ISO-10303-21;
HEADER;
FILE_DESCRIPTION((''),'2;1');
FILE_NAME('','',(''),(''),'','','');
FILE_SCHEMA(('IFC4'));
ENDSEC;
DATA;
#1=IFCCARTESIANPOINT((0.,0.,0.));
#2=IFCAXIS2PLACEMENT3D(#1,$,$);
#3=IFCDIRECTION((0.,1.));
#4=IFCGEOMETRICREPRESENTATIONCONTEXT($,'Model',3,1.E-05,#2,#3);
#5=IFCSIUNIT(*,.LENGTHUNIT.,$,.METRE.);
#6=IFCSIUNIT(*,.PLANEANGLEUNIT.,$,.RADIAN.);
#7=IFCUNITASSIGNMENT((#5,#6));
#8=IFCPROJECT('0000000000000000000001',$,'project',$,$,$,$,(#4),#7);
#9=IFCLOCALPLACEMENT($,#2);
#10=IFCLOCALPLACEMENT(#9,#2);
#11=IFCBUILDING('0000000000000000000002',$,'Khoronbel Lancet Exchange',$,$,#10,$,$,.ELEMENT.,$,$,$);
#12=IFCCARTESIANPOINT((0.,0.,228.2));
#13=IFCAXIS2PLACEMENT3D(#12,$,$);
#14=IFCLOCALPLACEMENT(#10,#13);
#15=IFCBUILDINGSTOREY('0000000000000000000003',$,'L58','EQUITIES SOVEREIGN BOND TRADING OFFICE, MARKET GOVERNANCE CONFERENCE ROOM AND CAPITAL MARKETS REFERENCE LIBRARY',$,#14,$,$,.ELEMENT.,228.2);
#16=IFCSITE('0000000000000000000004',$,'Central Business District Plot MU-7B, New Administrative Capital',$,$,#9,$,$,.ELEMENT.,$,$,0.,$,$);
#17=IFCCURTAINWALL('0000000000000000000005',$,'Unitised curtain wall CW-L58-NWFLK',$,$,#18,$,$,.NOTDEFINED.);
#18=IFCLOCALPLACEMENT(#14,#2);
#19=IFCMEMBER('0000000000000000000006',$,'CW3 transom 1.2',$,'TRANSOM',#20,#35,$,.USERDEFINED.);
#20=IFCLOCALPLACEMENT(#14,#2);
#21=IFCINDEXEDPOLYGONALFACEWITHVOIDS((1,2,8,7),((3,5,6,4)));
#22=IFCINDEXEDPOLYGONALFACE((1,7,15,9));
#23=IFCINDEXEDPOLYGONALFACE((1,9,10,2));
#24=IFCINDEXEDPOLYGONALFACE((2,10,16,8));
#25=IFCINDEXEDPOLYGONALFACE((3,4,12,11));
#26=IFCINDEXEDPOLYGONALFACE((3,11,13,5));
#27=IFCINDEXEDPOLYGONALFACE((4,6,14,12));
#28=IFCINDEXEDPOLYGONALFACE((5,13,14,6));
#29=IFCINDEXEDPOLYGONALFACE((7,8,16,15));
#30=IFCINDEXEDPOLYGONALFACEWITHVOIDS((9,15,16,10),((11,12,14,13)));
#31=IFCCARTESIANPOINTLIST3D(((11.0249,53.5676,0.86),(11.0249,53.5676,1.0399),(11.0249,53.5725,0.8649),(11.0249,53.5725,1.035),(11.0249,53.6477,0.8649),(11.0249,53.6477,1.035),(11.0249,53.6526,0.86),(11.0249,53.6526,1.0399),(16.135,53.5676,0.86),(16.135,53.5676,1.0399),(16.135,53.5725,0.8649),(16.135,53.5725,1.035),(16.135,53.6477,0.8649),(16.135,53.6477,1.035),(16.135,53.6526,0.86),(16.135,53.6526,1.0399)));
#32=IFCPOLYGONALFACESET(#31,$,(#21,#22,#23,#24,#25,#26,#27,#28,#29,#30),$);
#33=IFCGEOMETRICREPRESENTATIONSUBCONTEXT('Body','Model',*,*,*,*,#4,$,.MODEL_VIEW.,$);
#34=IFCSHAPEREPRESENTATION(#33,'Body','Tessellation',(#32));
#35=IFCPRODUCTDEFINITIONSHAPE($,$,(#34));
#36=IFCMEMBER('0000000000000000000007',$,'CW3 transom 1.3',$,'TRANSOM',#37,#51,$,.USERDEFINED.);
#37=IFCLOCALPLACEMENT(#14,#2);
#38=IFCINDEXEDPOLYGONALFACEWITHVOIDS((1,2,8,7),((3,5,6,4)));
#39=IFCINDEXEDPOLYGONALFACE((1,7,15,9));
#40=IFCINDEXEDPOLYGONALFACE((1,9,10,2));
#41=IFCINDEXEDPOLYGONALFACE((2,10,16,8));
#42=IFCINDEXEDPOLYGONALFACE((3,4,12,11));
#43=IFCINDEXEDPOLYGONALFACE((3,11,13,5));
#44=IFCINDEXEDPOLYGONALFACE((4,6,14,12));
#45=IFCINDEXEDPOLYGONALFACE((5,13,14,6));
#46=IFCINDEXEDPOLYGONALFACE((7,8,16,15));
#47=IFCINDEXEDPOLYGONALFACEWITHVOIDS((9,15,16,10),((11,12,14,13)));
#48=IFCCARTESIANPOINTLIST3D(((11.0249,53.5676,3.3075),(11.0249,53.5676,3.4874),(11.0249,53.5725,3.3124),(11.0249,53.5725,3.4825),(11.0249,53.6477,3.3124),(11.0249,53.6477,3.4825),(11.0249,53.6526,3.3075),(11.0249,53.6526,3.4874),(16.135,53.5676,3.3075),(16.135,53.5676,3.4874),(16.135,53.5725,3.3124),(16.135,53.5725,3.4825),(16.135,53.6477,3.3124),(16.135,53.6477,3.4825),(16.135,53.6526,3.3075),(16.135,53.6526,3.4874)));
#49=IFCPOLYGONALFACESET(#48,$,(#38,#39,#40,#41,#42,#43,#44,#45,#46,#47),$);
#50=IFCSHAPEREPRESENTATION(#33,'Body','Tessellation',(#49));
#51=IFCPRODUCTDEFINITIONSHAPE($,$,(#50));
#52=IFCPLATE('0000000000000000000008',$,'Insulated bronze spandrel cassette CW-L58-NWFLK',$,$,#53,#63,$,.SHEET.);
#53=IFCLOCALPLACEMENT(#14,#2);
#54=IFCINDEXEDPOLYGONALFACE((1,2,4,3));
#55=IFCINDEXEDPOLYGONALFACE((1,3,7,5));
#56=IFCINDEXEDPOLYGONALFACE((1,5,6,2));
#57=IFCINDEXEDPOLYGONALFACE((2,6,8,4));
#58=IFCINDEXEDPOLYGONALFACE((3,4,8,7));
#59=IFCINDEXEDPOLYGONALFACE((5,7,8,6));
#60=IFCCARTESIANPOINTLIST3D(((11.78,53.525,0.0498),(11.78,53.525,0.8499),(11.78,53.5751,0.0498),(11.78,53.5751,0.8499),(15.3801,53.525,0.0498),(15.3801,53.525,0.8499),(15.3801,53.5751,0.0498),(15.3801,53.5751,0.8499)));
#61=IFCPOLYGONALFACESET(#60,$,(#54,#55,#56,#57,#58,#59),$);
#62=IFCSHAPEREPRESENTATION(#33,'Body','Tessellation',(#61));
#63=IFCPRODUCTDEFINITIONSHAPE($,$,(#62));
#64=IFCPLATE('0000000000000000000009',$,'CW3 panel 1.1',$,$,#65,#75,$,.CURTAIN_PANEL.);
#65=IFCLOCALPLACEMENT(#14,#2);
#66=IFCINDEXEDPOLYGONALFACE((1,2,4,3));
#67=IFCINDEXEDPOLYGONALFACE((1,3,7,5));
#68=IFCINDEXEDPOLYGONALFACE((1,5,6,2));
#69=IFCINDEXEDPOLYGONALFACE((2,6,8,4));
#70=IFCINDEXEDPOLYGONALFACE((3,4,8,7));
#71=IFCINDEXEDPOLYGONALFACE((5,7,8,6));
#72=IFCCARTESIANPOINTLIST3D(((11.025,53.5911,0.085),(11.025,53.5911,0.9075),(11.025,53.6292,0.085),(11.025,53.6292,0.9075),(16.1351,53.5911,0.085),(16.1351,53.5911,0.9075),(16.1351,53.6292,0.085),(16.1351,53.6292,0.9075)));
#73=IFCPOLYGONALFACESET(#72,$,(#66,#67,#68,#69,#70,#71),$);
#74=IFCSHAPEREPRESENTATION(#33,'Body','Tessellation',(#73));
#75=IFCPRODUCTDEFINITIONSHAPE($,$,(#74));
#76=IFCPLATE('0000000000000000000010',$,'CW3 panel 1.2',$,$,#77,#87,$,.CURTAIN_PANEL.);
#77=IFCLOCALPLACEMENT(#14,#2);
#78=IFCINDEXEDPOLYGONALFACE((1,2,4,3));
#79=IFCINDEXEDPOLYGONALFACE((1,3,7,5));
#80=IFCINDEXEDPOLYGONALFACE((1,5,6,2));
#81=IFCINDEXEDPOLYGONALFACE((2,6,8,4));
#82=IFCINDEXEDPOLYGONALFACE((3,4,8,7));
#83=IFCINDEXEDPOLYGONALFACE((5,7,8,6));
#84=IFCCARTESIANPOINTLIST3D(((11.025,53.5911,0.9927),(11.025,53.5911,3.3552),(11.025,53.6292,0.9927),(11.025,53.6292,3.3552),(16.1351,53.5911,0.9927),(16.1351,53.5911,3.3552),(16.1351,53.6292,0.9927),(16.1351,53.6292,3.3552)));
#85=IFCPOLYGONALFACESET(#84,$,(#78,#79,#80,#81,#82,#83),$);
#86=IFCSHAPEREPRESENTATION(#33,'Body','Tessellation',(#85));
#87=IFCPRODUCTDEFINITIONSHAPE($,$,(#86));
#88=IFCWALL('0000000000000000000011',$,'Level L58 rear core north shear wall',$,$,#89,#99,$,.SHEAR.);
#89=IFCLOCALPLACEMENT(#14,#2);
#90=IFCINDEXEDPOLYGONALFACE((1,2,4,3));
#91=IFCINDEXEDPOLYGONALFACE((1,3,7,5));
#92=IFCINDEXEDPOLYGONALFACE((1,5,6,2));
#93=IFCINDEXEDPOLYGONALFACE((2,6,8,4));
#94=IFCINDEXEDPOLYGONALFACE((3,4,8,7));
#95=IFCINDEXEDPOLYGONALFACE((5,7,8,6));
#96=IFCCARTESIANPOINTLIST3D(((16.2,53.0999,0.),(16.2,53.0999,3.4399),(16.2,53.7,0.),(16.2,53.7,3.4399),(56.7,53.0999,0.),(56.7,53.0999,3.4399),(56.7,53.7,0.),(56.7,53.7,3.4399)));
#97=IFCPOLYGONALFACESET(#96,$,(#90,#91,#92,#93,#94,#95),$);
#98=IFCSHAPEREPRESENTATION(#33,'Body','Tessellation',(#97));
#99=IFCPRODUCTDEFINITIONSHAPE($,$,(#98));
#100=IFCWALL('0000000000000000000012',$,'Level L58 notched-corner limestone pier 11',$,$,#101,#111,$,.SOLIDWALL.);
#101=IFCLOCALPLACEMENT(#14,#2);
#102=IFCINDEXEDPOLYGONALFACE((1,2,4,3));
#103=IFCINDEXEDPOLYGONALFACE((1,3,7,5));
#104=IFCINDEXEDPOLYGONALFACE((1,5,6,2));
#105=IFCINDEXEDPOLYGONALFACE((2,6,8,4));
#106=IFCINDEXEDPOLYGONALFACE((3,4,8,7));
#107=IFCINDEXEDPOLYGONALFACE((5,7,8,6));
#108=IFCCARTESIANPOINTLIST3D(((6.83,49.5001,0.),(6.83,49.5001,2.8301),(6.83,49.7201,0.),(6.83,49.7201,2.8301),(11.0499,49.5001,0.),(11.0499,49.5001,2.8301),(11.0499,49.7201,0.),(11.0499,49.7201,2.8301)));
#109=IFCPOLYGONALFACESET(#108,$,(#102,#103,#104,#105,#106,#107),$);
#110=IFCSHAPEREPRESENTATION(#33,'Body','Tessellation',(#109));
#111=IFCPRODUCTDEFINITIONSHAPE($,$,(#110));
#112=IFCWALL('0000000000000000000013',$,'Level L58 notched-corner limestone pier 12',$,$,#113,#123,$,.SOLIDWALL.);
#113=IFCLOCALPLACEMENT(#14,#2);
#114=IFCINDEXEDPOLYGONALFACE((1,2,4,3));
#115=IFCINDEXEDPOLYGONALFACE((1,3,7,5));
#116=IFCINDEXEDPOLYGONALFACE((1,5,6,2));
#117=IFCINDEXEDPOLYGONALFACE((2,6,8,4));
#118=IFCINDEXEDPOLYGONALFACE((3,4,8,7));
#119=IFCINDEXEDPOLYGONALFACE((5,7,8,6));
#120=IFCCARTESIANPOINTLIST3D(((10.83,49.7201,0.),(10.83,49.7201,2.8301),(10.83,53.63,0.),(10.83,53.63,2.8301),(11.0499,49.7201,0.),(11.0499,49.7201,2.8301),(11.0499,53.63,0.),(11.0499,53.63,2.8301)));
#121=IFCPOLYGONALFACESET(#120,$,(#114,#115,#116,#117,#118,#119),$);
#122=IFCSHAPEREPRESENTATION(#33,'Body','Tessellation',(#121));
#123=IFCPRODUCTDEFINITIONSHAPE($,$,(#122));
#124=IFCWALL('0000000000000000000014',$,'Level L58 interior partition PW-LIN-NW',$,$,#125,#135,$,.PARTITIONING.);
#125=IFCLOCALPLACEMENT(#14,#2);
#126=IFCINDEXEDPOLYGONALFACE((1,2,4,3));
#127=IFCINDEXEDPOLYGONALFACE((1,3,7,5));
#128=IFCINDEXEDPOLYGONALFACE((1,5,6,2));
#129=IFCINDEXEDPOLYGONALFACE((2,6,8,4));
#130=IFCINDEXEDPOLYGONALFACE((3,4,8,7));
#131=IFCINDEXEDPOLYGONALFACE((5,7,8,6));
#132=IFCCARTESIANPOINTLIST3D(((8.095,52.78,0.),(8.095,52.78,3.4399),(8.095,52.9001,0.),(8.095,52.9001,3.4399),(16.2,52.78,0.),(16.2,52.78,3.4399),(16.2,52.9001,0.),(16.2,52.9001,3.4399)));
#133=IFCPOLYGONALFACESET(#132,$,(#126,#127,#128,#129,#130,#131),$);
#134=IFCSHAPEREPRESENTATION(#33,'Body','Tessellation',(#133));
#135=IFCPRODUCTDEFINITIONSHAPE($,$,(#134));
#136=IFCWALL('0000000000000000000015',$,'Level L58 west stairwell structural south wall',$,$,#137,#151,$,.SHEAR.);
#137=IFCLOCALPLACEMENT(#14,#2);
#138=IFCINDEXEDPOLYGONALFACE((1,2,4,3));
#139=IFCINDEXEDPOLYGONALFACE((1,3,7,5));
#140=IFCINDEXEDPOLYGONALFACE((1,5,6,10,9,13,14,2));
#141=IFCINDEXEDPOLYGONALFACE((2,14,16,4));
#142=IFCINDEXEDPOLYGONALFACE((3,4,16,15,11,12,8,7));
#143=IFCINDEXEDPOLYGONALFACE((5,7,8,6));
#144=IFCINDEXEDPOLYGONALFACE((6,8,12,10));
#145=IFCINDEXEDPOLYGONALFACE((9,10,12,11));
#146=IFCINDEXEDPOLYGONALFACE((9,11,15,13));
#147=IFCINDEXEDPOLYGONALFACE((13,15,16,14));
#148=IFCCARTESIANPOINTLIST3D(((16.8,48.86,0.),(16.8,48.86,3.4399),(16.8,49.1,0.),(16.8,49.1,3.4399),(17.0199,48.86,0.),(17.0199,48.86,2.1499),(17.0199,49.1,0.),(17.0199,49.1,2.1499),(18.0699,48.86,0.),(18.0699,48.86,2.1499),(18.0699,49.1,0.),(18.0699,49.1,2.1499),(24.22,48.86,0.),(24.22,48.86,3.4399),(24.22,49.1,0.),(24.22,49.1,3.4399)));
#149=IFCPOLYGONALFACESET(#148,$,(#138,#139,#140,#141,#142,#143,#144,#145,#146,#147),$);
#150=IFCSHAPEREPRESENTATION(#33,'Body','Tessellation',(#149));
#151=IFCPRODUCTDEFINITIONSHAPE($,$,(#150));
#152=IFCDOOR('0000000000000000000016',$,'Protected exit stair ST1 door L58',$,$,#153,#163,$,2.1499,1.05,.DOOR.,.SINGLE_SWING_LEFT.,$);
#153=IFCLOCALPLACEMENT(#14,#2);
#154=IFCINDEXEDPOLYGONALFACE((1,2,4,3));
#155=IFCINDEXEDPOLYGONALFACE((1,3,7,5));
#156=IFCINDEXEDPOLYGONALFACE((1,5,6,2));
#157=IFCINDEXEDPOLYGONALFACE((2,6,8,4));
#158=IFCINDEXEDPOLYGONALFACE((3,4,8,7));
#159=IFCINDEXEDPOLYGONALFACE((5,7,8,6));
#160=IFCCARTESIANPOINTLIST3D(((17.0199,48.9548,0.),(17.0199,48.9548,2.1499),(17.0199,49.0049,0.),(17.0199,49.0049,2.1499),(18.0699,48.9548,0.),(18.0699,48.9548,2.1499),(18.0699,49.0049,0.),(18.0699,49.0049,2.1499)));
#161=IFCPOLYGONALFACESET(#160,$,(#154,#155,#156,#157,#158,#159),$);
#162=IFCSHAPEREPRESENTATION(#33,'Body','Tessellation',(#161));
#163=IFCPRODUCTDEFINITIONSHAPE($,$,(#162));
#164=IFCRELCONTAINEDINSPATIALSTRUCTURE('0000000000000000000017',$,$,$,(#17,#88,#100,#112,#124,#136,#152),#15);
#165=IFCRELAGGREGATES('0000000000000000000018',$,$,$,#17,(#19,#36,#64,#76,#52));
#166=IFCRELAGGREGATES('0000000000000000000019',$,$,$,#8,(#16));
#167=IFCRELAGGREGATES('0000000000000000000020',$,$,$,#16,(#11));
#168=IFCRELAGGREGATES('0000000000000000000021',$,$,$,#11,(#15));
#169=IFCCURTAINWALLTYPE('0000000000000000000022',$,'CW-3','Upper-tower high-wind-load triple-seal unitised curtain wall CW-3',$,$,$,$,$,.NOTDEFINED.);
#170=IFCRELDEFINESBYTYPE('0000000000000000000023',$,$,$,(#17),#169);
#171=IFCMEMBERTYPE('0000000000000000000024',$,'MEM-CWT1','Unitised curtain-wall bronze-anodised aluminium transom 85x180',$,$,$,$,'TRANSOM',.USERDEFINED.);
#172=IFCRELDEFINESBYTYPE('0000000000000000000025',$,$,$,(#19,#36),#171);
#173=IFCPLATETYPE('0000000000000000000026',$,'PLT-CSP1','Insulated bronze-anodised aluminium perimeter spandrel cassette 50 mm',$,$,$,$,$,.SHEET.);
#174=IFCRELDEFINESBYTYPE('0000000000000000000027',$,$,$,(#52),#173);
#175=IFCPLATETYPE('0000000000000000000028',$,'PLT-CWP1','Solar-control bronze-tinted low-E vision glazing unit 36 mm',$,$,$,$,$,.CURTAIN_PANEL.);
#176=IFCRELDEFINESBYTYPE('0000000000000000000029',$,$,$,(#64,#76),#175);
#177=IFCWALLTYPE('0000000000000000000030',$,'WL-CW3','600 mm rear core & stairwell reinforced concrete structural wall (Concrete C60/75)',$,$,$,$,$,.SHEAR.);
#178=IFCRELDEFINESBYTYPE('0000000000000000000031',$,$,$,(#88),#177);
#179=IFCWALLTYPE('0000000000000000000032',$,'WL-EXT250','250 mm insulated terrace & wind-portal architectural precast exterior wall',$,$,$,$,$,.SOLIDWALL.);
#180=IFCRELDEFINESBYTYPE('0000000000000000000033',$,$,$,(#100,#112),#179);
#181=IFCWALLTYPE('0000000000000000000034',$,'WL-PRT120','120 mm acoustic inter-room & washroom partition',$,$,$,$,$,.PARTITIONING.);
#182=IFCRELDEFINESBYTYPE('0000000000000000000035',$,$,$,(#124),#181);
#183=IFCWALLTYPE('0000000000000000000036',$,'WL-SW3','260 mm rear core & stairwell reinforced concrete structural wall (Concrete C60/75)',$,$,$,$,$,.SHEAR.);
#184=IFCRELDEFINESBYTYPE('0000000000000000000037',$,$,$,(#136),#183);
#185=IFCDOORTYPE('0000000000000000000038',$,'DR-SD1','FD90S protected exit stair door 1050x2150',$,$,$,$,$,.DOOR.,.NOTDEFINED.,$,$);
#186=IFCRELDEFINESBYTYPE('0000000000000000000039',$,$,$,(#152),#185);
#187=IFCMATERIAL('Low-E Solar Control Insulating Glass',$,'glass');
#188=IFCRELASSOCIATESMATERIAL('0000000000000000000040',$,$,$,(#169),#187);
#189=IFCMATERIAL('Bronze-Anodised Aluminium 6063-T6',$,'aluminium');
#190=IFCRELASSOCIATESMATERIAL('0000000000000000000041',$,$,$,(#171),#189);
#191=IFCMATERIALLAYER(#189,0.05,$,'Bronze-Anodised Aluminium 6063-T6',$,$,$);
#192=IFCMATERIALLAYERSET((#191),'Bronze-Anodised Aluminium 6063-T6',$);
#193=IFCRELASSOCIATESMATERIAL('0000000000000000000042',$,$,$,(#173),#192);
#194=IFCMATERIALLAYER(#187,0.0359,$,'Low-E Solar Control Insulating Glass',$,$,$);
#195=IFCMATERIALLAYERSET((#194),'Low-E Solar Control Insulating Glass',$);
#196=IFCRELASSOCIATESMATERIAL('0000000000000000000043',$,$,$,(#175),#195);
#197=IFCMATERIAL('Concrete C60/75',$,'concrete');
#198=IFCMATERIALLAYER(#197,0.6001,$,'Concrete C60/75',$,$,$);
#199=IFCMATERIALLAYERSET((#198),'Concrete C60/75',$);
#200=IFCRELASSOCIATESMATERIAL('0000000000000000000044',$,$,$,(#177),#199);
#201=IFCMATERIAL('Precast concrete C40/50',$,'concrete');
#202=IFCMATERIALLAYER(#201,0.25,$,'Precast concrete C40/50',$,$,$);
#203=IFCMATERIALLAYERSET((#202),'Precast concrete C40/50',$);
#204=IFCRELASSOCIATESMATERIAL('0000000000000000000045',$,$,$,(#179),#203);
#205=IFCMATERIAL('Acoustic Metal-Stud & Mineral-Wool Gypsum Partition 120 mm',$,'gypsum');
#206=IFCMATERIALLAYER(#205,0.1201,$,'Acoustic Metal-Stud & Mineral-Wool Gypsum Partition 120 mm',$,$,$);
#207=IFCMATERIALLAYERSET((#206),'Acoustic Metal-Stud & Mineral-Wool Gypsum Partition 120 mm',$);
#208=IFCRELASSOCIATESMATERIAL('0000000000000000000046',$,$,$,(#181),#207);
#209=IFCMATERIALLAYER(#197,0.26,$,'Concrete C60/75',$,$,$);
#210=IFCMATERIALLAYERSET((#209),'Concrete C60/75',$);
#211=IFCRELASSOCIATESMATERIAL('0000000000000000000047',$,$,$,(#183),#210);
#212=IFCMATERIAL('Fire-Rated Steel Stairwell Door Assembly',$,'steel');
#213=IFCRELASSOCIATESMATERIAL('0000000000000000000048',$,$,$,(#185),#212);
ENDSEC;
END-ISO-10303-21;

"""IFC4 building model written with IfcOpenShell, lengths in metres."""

from ifc_helpers import new_model, si_unit, direction, frame, frame_2d, origin, origin_2d, place, context, subcontext, project, spatial, rectangle, hollow_rectangle, extrude, material, layer, layer_set, material_profile, profile_set, type_object, element, fill, aggregate, save


model = new_model("IFC4")

# Units and contexts
model_context = context("Model", 3, precision=1e-05, world=origin(), true_north=direction((0.0, 1.0)))
body_context = subcontext(model_context, "Body", "Model", "MODEL_VIEW")
ifc_project = project(units=[si_unit("LENGTHUNIT", "METRE"), si_unit("PLANEANGLEUNIT", "RADIAN")], contexts=[model_context])

# Site, building, storey
site_placement = place(None, origin())
site = spatial("IfcSite", under=ifc_project, at=site_placement, Name="Central Business District Plot MU-7B, New Administrative Capital", CompositionType="ELEMENT", RefElevation=0.0)
building_placement = place(site_placement, origin())
building = spatial("IfcBuilding", under=site, at=building_placement, Name="Khoronbel Lancet Exchange", CompositionType="ELEMENT")
storey_placement = place(building_placement, frame((0.0, 0.0, 228.2)))
storey = spatial("IfcBuildingStorey", under=building, at=storey_placement, Name="L58", Description="EQUITIES SOVEREIGN BOND TRADING OFFICE, MARKET GOVERNANCE CONFERENCE ROOM AND CAPITAL MARKETS REFERENCE LIBRARY", CompositionType="ELEMENT", Elevation=228.2)

# Curtain wall, members, plates
ifc_material_1 = material(Name="Low-E Solar Control Insulating Glass", Category="glass")
curtain_wall_type = type_object("IfcCurtainWallType", Name="CW-3", Description="Upper-tower high-wind-load triple-seal unitised curtain wall CW-3", PredefinedType="NOTDEFINED", material=ifc_material_1)
curtain_wall_placement = place(storey_placement, origin())
curtain_wall = element("IfcCurtainWall", 1, at=curtain_wall_placement, inside=storey, type_object=curtain_wall_type, Name="Unitised curtain wall CW-L58-NWFLK", PredefinedType="NOTDEFINED")
ifc_material_2 = material(Name="Bronze-Anodised Aluminium 6063-T6", Category="aluminium")
ifc_material_profile_1 = material_profile(ifc_material_2, hollow_rectangle(XDim=0.085, YDim=0.1799, WallThickness=0.0049, at=origin_2d()), Name="ALU TRANSOM 85x180")
ifc_profile_set_1 = profile_set([ifc_material_profile_1], Name="Bronze-Anodised Aluminium 6063-T6")
member_type_1 = type_object("IfcMemberType", Name="MEM-CWT1", Description="Unitised curtain-wall bronze-anodised aluminium transom 85x180", ElementType="TRANSOM", PredefinedType="USERDEFINED", material=ifc_profile_set_1)
member_1_placement = place(storey_placement, frame((16.135, 53.6101, 0.95), z_axis=(-1.0, 0.0, 0.0), x_axis=(0.0, -1.0, 0.0)))
member_1 = element("IfcMember", 2, at=member_1_placement, type_object=member_type_1, Name="CW3 transom 1.2", ObjectType="TRANSOM", PredefinedType="USERDEFINED", context=body_context, shape_type="SweptSolid", body=[
    extrude(hollow_rectangle(XDim=0.085, YDim=0.1799, WallThickness=0.0049, at=origin_2d()), origin(), (0.0, 0.0, 1.0), 5.1101),
])
member_2_placement = place(storey_placement, frame((16.135, 53.6101, 3.3975), z_axis=(-1.0, 0.0, 0.0), x_axis=(0.0, -1.0, 0.0)))
member_2 = element("IfcMember", 3, at=member_2_placement, type_object=member_type_1, Name="CW3 transom 1.3", ObjectType="TRANSOM", PredefinedType="USERDEFINED", context=body_context, shape_type="SweptSolid", body=[
    extrude(hollow_rectangle(XDim=0.085, YDim=0.1799, WallThickness=0.0049, at=origin_2d()), origin(), (0.0, 0.0, 1.0), 5.1101),
])
ifc_layer_1 = layer(ifc_material_2, 0.05, Name="Bronze-Anodised Aluminium 6063-T6")
ifc_layer_set_1 = layer_set([ifc_layer_1], Name="Bronze-Anodised Aluminium 6063-T6")
plate_type_1 = type_object("IfcPlateType", Name="PLT-CSP1", Description="Insulated bronze-anodised aluminium perimeter spandrel cassette 50 mm", PredefinedType="SHEET", material=ifc_layer_set_1)
plate_1_placement = place(storey_placement, frame((13.5801, 53.55, 0.0498), z_axis=(0.0, 0.0, 1.0), x_axis=(-1.0, 0.0, 0.0)))
plate_1 = element("IfcPlate", 4, at=plate_1_placement, type_object=plate_type_1, Name="Insulated bronze spandrel cassette CW-L58-NWFLK", PredefinedType="SHEET", context=body_context, shape_type="SweptSolid", body=[
    extrude(rectangle(XDim=3.6001, YDim=0.05, at=origin_2d()), origin(), (0.0, 0.0, 1.0), 0.8),
])
ifc_layer_2 = layer(ifc_material_1, 0.0359, Name="Low-E Solar Control Insulating Glass")
ifc_layer_set_2 = layer_set([ifc_layer_2], Name="Low-E Solar Control Insulating Glass")
plate_type_2 = type_object("IfcPlateType", Name="PLT-CWP1", Description="Solar-control bronze-tinted low-E vision glazing unit 36 mm", PredefinedType="CURTAIN_PANEL", material=ifc_layer_set_2)
plate_2_placement = place(storey_placement, frame((13.5801, 53.6101, 0.085), z_axis=(0.0, 0.0, 1.0), x_axis=(-1.0, 0.0, 0.0)))
plate_2 = element("IfcPlate", 5, at=plate_2_placement, type_object=plate_type_2, Name="CW3 panel 1.1", PredefinedType="CURTAIN_PANEL", context=body_context, shape_type="SweptSolid", body=[
    extrude(rectangle(XDim=5.1101, YDim=0.0381, at=origin_2d()), origin(), (0.0, 0.0, 1.0), 0.8225),
])
plate_3_placement = place(storey_placement, frame((13.5801, 53.6101, 0.9927), z_axis=(0.0, 0.0, 1.0), x_axis=(-1.0, 0.0, 0.0)))
plate_3 = element("IfcPlate", 6, at=plate_3_placement, type_object=plate_type_2, Name="CW3 panel 1.2", PredefinedType="CURTAIN_PANEL", context=body_context, shape_type="SweptSolid", body=[
    extrude(rectangle(XDim=5.1101, YDim=0.0381, at=origin_2d()), origin(), (0.0, 0.0, 1.0), 2.3625),
])
aggregate(curtain_wall, [member_1, member_2, plate_2, plate_3, plate_1])

# Walls
ifc_material_3 = material(Name="Concrete C60/75", Category="concrete")
ifc_layer_3 = layer(ifc_material_3, 0.6001, Name="Concrete C60/75")
ifc_layer_set_3 = layer_set([ifc_layer_3], Name="Concrete C60/75")
wall_type_1 = type_object("IfcWallType", Name="WL-CW3", Description="600 mm rear core & stairwell reinforced concrete structural wall (Concrete C60/75)", PredefinedType="SHEAR", material=ifc_layer_set_3)
wall_1_placement = place(storey_placement, frame((16.2, 53.3999, 0.0), z_axis=(0.0, 0.0, 1.0), x_axis=(1.0, 0.0, 0.0)))
element("IfcWall", 7, at=wall_1_placement, inside=storey, type_object=wall_type_1, Name="Level L58 rear core north shear wall", PredefinedType="SHEAR", context=body_context, shape_type="SweptSolid", body=[
    extrude(rectangle(XDim=40.5, YDim=0.6001, at=frame_2d((20.25, 0.0))), origin(), (0.0, 0.0, 1.0), 3.4399),
])
ifc_material_4 = material(Name="Precast concrete C40/50", Category="concrete")
ifc_layer_4 = layer(ifc_material_4, 0.25, Name="Precast concrete C40/50")
ifc_layer_set_4 = layer_set([ifc_layer_4], Name="Precast concrete C40/50")
wall_type_2 = type_object("IfcWallType", Name="WL-EXT250", Description="250 mm insulated terrace & wind-portal architectural precast exterior wall", PredefinedType="SOLIDWALL", material=ifc_layer_set_4)
wall_2_placement = place(storey_placement, frame((6.8301, 49.6101, 0.0), z_axis=(0.0, 0.0, 1.0), x_axis=(1.0, 0.0, 0.0)))
element("IfcWall", 8, at=wall_2_placement, inside=storey, type_object=wall_type_2, Name="Level L58 notched-corner limestone pier 11", PredefinedType="SOLIDWALL", context=body_context, shape_type="SweptSolid", body=[
    extrude(rectangle(XDim=4.22, YDim=0.22, at=frame_2d((2.1099, 0.0))), origin(), (0.0, 0.0, 1.0), 2.8301),
])
wall_3_placement = place(storey_placement, frame((10.9399, 49.72, 0.0), z_axis=(0.0, 0.0, 1.0), x_axis=(0.0, 1.0, 0.0)))
element("IfcWall", 9, at=wall_3_placement, inside=storey, type_object=wall_type_2, Name="Level L58 notched-corner limestone pier 12", PredefinedType="SOLIDWALL", context=body_context, shape_type="SweptSolid", body=[
    extrude(rectangle(XDim=3.9099, YDim=0.22, at=frame_2d((1.9551, 0.0))), origin(), (0.0, 0.0, 1.0), 2.8301),
])
ifc_material_5 = material(Name="Acoustic Metal-Stud & Mineral-Wool Gypsum Partition 120 mm", Category="gypsum")
ifc_layer_5 = layer(ifc_material_5, 0.1201, Name="Acoustic Metal-Stud & Mineral-Wool Gypsum Partition 120 mm")
ifc_layer_set_5 = layer_set([ifc_layer_5], Name="Acoustic Metal-Stud & Mineral-Wool Gypsum Partition 120 mm")
wall_type_3 = type_object("IfcWallType", Name="WL-PRT120", Description="120 mm acoustic inter-room & washroom partition", PredefinedType="PARTITIONING", material=ifc_layer_set_5)
wall_4_placement = place(storey_placement, frame((8.095, 52.8401, 0.0), z_axis=(0.0, 0.0, 1.0), x_axis=(1.0, 0.0, 0.0)))
element("IfcWall", 10, at=wall_4_placement, inside=storey, type_object=wall_type_3, Name="Level L58 interior partition PW-LIN-NW", PredefinedType="PARTITIONING", context=body_context, shape_type="SweptSolid", body=[
    extrude(rectangle(XDim=8.105, YDim=0.1201, at=frame_2d((4.0525, 0.0))), origin(), (0.0, 0.0, 1.0), 3.4399),
])

# Wall, opening, door
ifc_layer_6 = layer(ifc_material_3, 0.26, Name="Concrete C60/75")
ifc_layer_set_6 = layer_set([ifc_layer_6], Name="Concrete C60/75")
wall_type_4 = type_object("IfcWallType", Name="WL-SW3", Description="260 mm rear core & stairwell reinforced concrete structural wall (Concrete C60/75)", PredefinedType="SHEAR", material=ifc_layer_set_6)
wall_5_placement = place(storey_placement, frame((16.8, 48.98, 0.0), z_axis=(0.0, 0.0, 1.0), x_axis=(1.0, 0.0, 0.0)))
wall_5 = element("IfcWall", 11, at=wall_5_placement, inside=storey, type_object=wall_type_4, Name="Level L58 west stairwell structural south wall", PredefinedType="SHEAR", context=body_context, shape_type="SweptSolid", body=[
    extrude(rectangle(XDim=7.4199, YDim=0.24, at=frame_2d((3.71, 0.0))), origin(), (0.0, 0.0, 1.0), 3.4399),
])
opening_placement = place(wall_5_placement, frame((0.22, 0.0, 0.0)))
opening = element("IfcOpeningElement", 12, at=opening_placement, cuts=wall_5, PredefinedType="OPENING", context=body_context, shape_type="SweptSolid", body=[
    extrude(rectangle(XDim=1.05, YDim=2.1499, at=frame_2d((0.5249, 1.075))), frame((0.0, 0.1299, 0.0), z_axis=(0.0, -1.0, 0.0), x_axis=(1.0, 0.0, 0.0)), (0.0, 0.0, 1.0), 0.26),
])
ifc_material_6 = material(Name="Fire-Rated Steel Stairwell Door Assembly", Category="steel")
door_type = type_object("IfcDoorType", Name="DR-SD1", Description="FD90S protected exit stair door 1050x2150", OperationType="NOTDEFINED", PredefinedType="DOOR", material=ifc_material_6)
door_placement = place(opening_placement, origin())
door = element("IfcDoor", 13, at=door_placement, inside=storey, type_object=door_type, Name="Protected exit stair ST1 door L58", OperationType="SINGLE_SWING_LEFT", OverallHeight=2.1499, OverallWidth=1.05, PredefinedType="DOOR", context=body_context, shape_type="SweptSolid", body=[
    extrude(rectangle(XDim=1.05, YDim=2.1499, at=frame_2d((0.5249, 1.075))), frame((0.0, 0.0249, 0.0), z_axis=(0.0, -1.0, 0.0), x_axis=(1.0, 0.0, 0.0)), (0.0, 0.0, 1.0), 0.05),
])
fill(opening, door)

save(model, "model.ifc")
